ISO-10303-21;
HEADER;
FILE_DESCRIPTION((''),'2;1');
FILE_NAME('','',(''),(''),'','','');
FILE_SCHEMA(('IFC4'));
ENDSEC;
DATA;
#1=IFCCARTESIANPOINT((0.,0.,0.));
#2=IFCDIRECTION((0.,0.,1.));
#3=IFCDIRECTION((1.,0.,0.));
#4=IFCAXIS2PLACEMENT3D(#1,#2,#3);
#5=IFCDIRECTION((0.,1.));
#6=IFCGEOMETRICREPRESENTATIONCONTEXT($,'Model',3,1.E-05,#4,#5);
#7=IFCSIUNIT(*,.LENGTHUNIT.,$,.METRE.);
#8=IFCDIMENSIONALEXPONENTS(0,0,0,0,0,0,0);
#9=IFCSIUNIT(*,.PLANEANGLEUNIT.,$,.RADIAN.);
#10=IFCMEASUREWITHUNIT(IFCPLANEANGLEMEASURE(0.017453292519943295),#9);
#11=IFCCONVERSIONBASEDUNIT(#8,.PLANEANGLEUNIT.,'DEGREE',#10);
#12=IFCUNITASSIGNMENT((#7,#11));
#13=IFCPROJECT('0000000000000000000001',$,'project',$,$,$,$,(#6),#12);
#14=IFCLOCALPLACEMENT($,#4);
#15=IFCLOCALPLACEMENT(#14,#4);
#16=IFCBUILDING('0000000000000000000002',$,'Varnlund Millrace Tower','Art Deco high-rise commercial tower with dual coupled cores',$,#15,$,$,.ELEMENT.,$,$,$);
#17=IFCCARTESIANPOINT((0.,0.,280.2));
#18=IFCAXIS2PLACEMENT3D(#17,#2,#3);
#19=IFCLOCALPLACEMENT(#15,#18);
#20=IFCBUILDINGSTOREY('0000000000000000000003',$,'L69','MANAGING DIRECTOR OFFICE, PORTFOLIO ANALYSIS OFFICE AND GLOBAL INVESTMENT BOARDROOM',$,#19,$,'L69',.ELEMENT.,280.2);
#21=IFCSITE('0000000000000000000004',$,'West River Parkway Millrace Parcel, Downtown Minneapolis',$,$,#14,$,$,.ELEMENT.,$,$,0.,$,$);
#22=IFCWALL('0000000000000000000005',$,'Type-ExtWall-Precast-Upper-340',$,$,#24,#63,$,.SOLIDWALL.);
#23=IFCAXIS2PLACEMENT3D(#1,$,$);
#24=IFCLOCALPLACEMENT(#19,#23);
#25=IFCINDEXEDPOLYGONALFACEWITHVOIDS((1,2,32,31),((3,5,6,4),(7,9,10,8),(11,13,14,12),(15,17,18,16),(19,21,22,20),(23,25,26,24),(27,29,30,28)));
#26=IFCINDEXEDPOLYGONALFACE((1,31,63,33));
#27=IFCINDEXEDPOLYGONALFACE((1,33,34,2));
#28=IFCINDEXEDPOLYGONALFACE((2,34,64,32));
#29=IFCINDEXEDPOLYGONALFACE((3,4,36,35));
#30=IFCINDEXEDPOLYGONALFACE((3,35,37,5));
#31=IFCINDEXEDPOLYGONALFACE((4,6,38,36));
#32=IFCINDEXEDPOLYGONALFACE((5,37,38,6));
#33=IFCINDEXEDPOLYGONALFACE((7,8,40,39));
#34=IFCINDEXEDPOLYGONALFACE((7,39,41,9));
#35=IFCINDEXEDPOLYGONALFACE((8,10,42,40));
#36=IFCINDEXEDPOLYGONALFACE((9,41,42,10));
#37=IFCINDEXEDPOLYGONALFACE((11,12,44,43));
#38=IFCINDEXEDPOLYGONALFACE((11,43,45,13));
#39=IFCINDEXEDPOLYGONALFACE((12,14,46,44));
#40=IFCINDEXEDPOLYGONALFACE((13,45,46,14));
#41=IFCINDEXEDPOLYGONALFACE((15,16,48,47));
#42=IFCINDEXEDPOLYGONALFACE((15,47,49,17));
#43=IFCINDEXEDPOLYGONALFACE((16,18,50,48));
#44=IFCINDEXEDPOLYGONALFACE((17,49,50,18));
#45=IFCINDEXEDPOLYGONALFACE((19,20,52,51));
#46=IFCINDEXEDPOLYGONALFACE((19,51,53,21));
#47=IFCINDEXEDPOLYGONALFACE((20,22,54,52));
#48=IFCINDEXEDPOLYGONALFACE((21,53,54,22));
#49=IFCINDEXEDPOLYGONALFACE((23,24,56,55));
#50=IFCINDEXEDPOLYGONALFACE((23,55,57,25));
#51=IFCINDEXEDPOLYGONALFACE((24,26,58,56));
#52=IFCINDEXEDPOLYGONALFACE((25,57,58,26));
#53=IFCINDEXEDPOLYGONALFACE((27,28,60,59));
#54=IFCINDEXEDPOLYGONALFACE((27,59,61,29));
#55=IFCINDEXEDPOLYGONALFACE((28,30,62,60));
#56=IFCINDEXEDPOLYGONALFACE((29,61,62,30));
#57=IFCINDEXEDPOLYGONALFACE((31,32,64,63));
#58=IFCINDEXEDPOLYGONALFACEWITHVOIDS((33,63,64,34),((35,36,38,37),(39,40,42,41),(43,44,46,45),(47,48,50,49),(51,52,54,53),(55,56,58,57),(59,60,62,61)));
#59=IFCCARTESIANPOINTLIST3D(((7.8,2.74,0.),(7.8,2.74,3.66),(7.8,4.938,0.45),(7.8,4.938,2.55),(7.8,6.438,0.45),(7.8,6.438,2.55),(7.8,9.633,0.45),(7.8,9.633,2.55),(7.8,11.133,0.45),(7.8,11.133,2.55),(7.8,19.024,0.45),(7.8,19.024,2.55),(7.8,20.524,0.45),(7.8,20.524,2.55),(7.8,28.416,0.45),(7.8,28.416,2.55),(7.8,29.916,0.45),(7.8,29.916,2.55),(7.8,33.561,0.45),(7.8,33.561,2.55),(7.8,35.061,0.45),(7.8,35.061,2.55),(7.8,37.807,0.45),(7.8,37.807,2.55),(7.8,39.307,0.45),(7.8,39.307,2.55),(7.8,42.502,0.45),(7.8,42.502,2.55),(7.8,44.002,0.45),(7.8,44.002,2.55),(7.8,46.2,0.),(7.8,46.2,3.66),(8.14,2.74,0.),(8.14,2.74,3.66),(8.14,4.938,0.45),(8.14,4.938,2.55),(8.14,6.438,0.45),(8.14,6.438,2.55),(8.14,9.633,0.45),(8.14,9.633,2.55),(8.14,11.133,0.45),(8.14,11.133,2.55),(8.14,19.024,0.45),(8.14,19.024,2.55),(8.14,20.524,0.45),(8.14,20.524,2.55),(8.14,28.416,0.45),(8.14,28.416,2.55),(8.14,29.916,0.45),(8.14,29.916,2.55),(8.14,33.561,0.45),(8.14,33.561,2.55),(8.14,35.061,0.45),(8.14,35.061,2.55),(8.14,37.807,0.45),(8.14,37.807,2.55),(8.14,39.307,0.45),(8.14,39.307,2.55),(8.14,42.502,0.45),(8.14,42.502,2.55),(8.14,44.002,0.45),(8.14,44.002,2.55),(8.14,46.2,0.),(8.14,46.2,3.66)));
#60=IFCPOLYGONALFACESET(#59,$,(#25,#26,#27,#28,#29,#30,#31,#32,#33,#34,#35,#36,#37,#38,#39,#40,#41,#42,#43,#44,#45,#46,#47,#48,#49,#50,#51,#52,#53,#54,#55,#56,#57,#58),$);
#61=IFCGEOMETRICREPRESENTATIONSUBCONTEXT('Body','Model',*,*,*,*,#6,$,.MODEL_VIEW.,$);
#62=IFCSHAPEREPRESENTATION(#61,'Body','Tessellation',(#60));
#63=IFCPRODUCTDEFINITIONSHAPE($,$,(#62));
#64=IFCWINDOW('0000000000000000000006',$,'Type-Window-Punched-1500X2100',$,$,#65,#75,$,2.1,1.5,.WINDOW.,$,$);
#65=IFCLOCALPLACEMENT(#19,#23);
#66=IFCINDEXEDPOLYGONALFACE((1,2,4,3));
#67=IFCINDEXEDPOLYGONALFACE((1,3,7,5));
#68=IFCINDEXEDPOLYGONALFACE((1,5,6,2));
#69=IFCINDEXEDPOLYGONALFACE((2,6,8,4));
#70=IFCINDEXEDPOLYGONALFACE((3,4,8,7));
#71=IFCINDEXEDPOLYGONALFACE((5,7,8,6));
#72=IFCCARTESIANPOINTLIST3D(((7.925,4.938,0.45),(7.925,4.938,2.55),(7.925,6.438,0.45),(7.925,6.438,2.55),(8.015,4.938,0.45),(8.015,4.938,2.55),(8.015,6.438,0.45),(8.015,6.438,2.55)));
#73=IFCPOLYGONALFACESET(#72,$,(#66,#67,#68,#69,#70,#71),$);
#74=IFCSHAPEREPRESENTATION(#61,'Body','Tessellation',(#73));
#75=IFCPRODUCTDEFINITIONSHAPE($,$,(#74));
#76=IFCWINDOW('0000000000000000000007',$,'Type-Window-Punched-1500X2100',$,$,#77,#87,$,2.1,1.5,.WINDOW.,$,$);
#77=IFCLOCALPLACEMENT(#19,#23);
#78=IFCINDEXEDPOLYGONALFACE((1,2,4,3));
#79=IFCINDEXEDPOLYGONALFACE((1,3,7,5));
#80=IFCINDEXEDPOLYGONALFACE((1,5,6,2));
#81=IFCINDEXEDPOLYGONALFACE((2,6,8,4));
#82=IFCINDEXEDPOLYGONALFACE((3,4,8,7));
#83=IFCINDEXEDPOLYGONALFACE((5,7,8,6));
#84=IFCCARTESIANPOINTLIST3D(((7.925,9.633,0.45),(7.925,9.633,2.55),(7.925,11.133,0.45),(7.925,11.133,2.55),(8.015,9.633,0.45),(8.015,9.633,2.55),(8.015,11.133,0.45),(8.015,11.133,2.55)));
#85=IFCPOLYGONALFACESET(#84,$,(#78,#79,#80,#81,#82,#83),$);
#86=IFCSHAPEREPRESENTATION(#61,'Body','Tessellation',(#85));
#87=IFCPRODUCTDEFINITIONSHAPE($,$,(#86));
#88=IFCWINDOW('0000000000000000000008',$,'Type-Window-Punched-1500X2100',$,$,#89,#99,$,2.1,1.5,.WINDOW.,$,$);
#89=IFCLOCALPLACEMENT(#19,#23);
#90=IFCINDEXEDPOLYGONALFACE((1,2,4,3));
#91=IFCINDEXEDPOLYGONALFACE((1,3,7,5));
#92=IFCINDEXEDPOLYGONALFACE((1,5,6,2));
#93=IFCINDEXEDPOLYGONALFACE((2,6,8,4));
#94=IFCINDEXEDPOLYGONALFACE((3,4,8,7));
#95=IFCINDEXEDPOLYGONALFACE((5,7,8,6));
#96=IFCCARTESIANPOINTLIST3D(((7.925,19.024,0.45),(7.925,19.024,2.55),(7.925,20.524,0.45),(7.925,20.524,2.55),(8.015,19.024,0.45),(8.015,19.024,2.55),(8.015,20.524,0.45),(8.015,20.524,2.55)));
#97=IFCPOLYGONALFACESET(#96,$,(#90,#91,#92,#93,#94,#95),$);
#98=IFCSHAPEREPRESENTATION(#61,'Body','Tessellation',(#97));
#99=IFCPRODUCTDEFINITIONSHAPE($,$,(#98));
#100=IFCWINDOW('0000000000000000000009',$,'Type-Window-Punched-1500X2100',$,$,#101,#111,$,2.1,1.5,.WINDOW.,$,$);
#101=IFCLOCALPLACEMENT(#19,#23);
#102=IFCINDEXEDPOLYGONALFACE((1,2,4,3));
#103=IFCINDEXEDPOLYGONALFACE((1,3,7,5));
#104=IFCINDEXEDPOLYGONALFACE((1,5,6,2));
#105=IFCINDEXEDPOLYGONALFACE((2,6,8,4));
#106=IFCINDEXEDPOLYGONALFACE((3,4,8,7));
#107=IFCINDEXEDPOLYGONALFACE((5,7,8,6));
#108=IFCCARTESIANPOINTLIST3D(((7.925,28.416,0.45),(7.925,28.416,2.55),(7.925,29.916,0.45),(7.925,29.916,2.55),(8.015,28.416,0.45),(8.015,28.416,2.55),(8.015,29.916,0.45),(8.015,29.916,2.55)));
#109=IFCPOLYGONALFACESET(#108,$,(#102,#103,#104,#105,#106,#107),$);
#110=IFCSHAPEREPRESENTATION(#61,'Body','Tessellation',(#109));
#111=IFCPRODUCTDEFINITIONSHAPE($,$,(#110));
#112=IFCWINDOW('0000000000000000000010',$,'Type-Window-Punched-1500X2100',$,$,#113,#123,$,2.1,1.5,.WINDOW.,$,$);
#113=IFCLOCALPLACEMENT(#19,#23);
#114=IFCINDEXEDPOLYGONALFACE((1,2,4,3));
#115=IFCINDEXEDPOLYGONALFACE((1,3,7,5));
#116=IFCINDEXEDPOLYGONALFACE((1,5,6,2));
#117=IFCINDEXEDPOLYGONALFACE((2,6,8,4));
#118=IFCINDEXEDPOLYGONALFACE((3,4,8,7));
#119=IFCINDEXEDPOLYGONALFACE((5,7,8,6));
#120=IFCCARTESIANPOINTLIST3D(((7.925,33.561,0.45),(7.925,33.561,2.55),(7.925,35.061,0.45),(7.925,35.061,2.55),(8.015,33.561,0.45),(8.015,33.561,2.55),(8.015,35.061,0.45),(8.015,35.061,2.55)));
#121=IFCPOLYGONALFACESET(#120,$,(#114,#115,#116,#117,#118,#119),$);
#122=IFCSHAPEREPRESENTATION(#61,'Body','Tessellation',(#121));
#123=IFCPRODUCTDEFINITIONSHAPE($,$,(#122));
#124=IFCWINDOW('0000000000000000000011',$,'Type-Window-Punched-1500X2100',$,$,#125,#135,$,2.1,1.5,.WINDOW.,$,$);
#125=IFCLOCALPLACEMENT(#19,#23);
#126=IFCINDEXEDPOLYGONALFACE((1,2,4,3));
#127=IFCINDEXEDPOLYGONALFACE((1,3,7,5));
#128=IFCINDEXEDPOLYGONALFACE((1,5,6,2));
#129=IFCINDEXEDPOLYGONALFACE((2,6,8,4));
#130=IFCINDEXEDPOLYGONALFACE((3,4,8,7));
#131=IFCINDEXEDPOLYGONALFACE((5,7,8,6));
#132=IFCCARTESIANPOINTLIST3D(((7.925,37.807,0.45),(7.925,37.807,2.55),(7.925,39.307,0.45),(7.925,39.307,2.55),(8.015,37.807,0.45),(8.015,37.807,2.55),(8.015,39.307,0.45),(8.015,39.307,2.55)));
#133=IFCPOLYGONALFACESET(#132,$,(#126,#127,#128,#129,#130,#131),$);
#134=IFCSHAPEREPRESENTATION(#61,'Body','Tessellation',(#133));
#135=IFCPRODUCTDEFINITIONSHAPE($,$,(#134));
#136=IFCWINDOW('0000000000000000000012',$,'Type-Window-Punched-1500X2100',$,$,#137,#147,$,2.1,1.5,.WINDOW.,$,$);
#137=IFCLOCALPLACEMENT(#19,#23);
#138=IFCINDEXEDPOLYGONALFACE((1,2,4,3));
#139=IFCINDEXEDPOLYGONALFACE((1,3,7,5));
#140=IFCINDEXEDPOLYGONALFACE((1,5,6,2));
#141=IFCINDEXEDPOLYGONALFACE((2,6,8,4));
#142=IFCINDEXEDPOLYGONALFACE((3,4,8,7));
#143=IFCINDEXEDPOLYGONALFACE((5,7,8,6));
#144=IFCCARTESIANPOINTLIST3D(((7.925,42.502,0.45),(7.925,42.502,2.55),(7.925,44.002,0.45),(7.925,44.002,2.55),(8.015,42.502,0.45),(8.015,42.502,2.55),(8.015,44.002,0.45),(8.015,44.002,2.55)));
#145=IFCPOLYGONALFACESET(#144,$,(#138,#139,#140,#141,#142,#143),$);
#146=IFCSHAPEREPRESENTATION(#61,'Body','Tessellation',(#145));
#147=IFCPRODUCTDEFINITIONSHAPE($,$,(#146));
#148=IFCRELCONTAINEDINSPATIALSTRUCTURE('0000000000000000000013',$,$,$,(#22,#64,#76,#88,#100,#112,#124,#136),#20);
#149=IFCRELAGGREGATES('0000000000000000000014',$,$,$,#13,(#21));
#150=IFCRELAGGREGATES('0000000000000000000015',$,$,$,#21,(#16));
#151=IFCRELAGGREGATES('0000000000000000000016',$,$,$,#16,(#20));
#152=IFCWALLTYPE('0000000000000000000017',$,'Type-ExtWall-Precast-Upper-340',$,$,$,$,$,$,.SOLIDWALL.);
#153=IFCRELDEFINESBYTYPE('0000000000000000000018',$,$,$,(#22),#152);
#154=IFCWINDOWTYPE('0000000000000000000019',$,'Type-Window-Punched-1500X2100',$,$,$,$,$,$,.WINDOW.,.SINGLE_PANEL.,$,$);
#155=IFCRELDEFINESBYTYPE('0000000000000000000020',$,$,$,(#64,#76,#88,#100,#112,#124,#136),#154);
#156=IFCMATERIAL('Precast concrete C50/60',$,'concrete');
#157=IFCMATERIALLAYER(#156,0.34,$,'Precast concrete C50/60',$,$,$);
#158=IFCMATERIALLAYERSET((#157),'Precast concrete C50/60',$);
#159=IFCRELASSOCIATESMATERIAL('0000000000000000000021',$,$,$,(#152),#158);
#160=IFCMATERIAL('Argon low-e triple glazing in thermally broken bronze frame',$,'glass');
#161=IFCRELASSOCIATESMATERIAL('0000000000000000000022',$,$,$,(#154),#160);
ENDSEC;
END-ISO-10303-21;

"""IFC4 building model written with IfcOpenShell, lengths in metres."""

from ifc_helpers import new_model, entity, si_unit, converted_unit, direction, frame, origin_with_axes, origin_2d_with_axis, place, context, subcontext, project, spatial, polyline, rectangle, outline, extrude, material, layer, layer_set, type_object, element, fill, save


model = new_model("IFC4")

# Units and contexts
model_context = context("Model", 3, precision=1e-05, world=origin_with_axes(), true_north=direction((0.0, 1.0)))
body_context = subcontext(model_context, "Body", "Model", "MODEL_VIEW")
ifc_project = project(units=[si_unit("LENGTHUNIT", "METRE"), converted_unit("PLANEANGLEUNIT", "DEGREE", entity("IfcPlaneAngleMeasure", 0.017453292519943295), si_unit("PLANEANGLEUNIT", "RADIAN"), dimensions=[0, 0, 0, 0, 0, 0, 0])], contexts=[model_context])

# Site, building, storey
site_placement = place(None, origin_with_axes())
site = spatial("IfcSite", under=ifc_project, at=site_placement, Name="West River Parkway Millrace Parcel, Downtown Minneapolis", CompositionType="ELEMENT", RefElevation=0.0)
building_placement = place(site_placement, origin_with_axes())
building = spatial("IfcBuilding", under=site, at=building_placement, Name="Varnlund Millrace Tower", Description="Art Deco high-rise commercial tower with dual coupled cores", CompositionType="ELEMENT")
storey_placement = place(building_placement, frame((0.0, 0.0, 280.2), z_axis=(0.0, 0.0, 1.0), x_axis=(1.0, 0.0, 0.0)))
storey = spatial("IfcBuildingStorey", under=building, at=storey_placement, Name="L69", Description="MANAGING DIRECTOR OFFICE, PORTFOLIO ANALYSIS OFFICE AND GLOBAL INVESTMENT BOARDROOM", LongName="L69", CompositionType="ELEMENT", Elevation=280.2)

# Shared definitions
ifc_material_1 = material(Name="Precast concrete C50/60", Category="concrete")
ifc_layer_1 = layer(ifc_material_1, 0.34, Name="Precast concrete C50/60")
ifc_layer_set_1 = layer_set([ifc_layer_1], Name="Precast concrete C50/60")
wall_type = type_object("IfcWallType", Name="Type-ExtWall-Precast-Upper-340", PredefinedType="SOLIDWALL", material=ifc_layer_set_1)

# Wall, openings, windows
wall_1_placement = place(storey_placement, frame((7.97, 2.74, 0.0), z_axis=(0.0, 0.0, 1.0), x_axis=(0.0, 1.0, 0.0)))
wall_1 = element("IfcWall", 1, at=wall_1_placement, inside=storey, type_object=wall_type, Name="Type-ExtWall-Precast-Upper-340", PredefinedType="SOLIDWALL", context=body_context, shape_type="SweptSolid", body=[
    extrude(outline(polyline([(0.0, -0.17), (43.46, -0.17), (43.46, 0.17), (0.0, 0.17), (0.0, -0.17)])), origin_with_axes(), (0.0, 0.0, 1.0), 3.66),
])
opening_1_placement = place(wall_1_placement, frame((2.948, 0.0, 0.45), z_axis=(0.0, 0.0, 1.0), x_axis=(1.0, 0.0, 0.0)))
opening_1 = element("IfcOpeningElement", 2, at=opening_1_placement, cuts=wall_1, PredefinedType="OPENING", context=body_context, shape_type="SweptSolid", body=[
    extrude(rectangle(XDim=1.5, YDim=0.36, at=origin_2d_with_axis()), origin_with_axes(), (0.0, 0.0, 1.0), 2.1),
])
opening_2_placement = place(wall_1_placement, frame((7.643, 0.0, 0.45), z_axis=(0.0, 0.0, 1.0), x_axis=(1.0, 0.0, 0.0)))
opening_2 = element("IfcOpeningElement", 3, at=opening_2_placement, cuts=wall_1, PredefinedType="OPENING", context=body_context, shape_type="SweptSolid", body=[
    extrude(rectangle(XDim=1.5, YDim=0.36, at=origin_2d_with_axis()), origin_with_axes(), (0.0, 0.0, 1.0), 2.1),
])
opening_3_placement = place(wall_1_placement, frame((17.034, 0.0, 0.45), z_axis=(0.0, 0.0, 1.0), x_axis=(1.0, 0.0, 0.0)))
opening_3 = element("IfcOpeningElement", 4, at=opening_3_placement, cuts=wall_1, PredefinedType="OPENING", context=body_context, shape_type="SweptSolid", body=[
    extrude(rectangle(XDim=1.5, YDim=0.36, at=origin_2d_with_axis()), origin_with_axes(), (0.0, 0.0, 1.0), 2.1),
])
opening_4_placement = place(wall_1_placement, frame((26.426, 0.0, 0.45), z_axis=(0.0, 0.0, 1.0), x_axis=(1.0, 0.0, 0.0)))
opening_4 = element("IfcOpeningElement", 5, at=opening_4_placement, cuts=wall_1, PredefinedType="OPENING", context=body_context, shape_type="SweptSolid", body=[
    extrude(rectangle(XDim=1.5, YDim=0.36, at=origin_2d_with_axis()), origin_with_axes(), (0.0, 0.0, 1.0), 2.1),
])
opening_5_placement = place(wall_1_placement, frame((31.571, 0.0, 0.45), z_axis=(0.0, 0.0, 1.0), x_axis=(1.0, 0.0, 0.0)))
opening_5 = element("IfcOpeningElement", 6, at=opening_5_placement, cuts=wall_1, PredefinedType="OPENING", context=body_context, shape_type="SweptSolid", body=[
    extrude(rectangle(XDim=1.5, YDim=0.36, at=origin_2d_with_axis()), origin_with_axes(), (0.0, 0.0, 1.0), 2.1),
])
opening_6_placement = place(wall_1_placement, frame((35.817, 0.0, 0.45), z_axis=(0.0, 0.0, 1.0), x_axis=(1.0, 0.0, 0.0)))
opening_6 = element("IfcOpeningElement", 7, at=opening_6_placement, cuts=wall_1, PredefinedType="OPENING", context=body_context, shape_type="SweptSolid", body=[
    extrude(rectangle(XDim=1.5, YDim=0.36, at=origin_2d_with_axis()), origin_with_axes(), (0.0, 0.0, 1.0), 2.1),
])
opening_7_placement = place(wall_1_placement, frame((40.512, 0.0, 0.45), z_axis=(0.0, 0.0, 1.0), x_axis=(1.0, 0.0, 0.0)))
opening_7 = element("IfcOpeningElement", 8, at=opening_7_placement, cuts=wall_1, PredefinedType="OPENING", context=body_context, shape_type="SweptSolid", body=[
    extrude(rectangle(XDim=1.5, YDim=0.36, at=origin_2d_with_axis()), origin_with_axes(), (0.0, 0.0, 1.0), 2.1),
])
ifc_material_2 = material(Name="Argon low-e triple glazing in thermally broken bronze frame", Category="glass")
window_type = type_object("IfcWindowType", Name="Type-Window-Punched-1500X2100", PartitioningType="SINGLE_PANEL", PredefinedType="WINDOW", material=ifc_material_2)
window_1_placement = place(wall_1_placement, frame((2.948, 0.0, 0.45), z_axis=(0.0, 0.0, 1.0), x_axis=(1.0, 0.0, 0.0)))
window_1 = element("IfcWindow", 9, at=window_1_placement, inside=storey, type_object=window_type, Name="Type-Window-Punched-1500X2100", OverallHeight=2.1, OverallWidth=1.5, PredefinedType="WINDOW", context=body_context, shape_type="SweptSolid", body=[
    extrude(rectangle(XDim=1.5, YDim=0.09, at=origin_2d_with_axis()), origin_with_axes(), (0.0, 0.0, 1.0), 2.1),
])
fill(opening_1, window_1)
window_2_placement = place(wall_1_placement, frame((7.643, 0.0, 0.45), z_axis=(0.0, 0.0, 1.0), x_axis=(1.0, 0.0, 0.0)))
window_2 = element("IfcWindow", 10, at=window_2_placement, inside=storey, type_object=window_type, Name="Type-Window-Punched-1500X2100", OverallHeight=2.1, OverallWidth=1.5, PredefinedType="WINDOW", context=body_context, shape_type="SweptSolid", body=[
    extrude(rectangle(XDim=1.5, YDim=0.09, at=origin_2d_with_axis()), origin_with_axes(), (0.0, 0.0, 1.0), 2.1),
])
fill(opening_2, window_2)
window_3_placement = place(wall_1_placement, frame((17.034, 0.0, 0.45), z_axis=(0.0, 0.0, 1.0), x_axis=(1.0, 0.0, 0.0)))
window_3 = element("IfcWindow", 11, at=window_3_placement, inside=storey, type_object=window_type, Name="Type-Window-Punched-1500X2100", OverallHeight=2.1, OverallWidth=1.5, PredefinedType="WINDOW", context=body_context, shape_type="SweptSolid", body=[
    extrude(rectangle(XDim=1.5, YDim=0.09, at=origin_2d_with_axis()), origin_with_axes(), (0.0, 0.0, 1.0), 2.1),
])
fill(opening_3, window_3)
window_4_placement = place(wall_1_placement, frame((26.426, 0.0, 0.45), z_axis=(0.0, 0.0, 1.0), x_axis=(1.0, 0.0, 0.0)))
window_4 = element("IfcWindow", 12, at=window_4_placement, inside=storey, type_object=window_type, Name="Type-Window-Punched-1500X2100", OverallHeight=2.1, OverallWidth=1.5, PredefinedType="WINDOW", context=body_context, shape_type="SweptSolid", body=[
    extrude(rectangle(XDim=1.5, YDim=0.09, at=origin_2d_with_axis()), origin_with_axes(), (0.0, 0.0, 1.0), 2.1),
])
fill(opening_4, window_4)
window_5_placement = place(wall_1_placement, frame((31.571, 0.0, 0.45), z_axis=(0.0, 0.0, 1.0), x_axis=(1.0, 0.0, 0.0)))
window_5 = element("IfcWindow", 13, at=window_5_placement, inside=storey, type_object=window_type, Name="Type-Window-Punched-1500X2100", OverallHeight=2.1, OverallWidth=1.5, PredefinedType="WINDOW", context=body_context, shape_type="SweptSolid", body=[
    extrude(rectangle(XDim=1.5, YDim=0.09, at=origin_2d_with_axis()), origin_with_axes(), (0.0, 0.0, 1.0), 2.1),
])
fill(opening_5, window_5)
window_6_placement = place(wall_1_placement, frame((35.817, 0.0, 0.45), z_axis=(0.0, 0.0, 1.0), x_axis=(1.0, 0.0, 0.0)))
window_6 = element("IfcWindow", 14, at=window_6_placement, inside=storey, type_object=window_type, Name="Type-Window-Punched-1500X2100", OverallHeight=2.1, OverallWidth=1.5, PredefinedType="WINDOW", context=body_context, shape_type="SweptSolid", body=[
    extrude(rectangle(XDim=1.5, YDim=0.09, at=origin_2d_with_axis()), origin_with_axes(), (0.0, 0.0, 1.0), 2.1),
])
fill(opening_6, window_6)
window_7_placement = place(wall_1_placement, frame((40.512, 0.0, 0.45), z_axis=(0.0, 0.0, 1.0), x_axis=(1.0, 0.0, 0.0)))
window_7 = element("IfcWindow", 15, at=window_7_placement, inside=storey, type_object=window_type, Name="Type-Window-Punched-1500X2100", OverallHeight=2.1, OverallWidth=1.5, PredefinedType="WINDOW", context=body_context, shape_type="SweptSolid", body=[
    extrude(rectangle(XDim=1.5, YDim=0.09, at=origin_2d_with_axis()), origin_with_axes(), (0.0, 0.0, 1.0), 2.1),
])
fill(opening_7, window_7)

save(model, "model.ifc")
